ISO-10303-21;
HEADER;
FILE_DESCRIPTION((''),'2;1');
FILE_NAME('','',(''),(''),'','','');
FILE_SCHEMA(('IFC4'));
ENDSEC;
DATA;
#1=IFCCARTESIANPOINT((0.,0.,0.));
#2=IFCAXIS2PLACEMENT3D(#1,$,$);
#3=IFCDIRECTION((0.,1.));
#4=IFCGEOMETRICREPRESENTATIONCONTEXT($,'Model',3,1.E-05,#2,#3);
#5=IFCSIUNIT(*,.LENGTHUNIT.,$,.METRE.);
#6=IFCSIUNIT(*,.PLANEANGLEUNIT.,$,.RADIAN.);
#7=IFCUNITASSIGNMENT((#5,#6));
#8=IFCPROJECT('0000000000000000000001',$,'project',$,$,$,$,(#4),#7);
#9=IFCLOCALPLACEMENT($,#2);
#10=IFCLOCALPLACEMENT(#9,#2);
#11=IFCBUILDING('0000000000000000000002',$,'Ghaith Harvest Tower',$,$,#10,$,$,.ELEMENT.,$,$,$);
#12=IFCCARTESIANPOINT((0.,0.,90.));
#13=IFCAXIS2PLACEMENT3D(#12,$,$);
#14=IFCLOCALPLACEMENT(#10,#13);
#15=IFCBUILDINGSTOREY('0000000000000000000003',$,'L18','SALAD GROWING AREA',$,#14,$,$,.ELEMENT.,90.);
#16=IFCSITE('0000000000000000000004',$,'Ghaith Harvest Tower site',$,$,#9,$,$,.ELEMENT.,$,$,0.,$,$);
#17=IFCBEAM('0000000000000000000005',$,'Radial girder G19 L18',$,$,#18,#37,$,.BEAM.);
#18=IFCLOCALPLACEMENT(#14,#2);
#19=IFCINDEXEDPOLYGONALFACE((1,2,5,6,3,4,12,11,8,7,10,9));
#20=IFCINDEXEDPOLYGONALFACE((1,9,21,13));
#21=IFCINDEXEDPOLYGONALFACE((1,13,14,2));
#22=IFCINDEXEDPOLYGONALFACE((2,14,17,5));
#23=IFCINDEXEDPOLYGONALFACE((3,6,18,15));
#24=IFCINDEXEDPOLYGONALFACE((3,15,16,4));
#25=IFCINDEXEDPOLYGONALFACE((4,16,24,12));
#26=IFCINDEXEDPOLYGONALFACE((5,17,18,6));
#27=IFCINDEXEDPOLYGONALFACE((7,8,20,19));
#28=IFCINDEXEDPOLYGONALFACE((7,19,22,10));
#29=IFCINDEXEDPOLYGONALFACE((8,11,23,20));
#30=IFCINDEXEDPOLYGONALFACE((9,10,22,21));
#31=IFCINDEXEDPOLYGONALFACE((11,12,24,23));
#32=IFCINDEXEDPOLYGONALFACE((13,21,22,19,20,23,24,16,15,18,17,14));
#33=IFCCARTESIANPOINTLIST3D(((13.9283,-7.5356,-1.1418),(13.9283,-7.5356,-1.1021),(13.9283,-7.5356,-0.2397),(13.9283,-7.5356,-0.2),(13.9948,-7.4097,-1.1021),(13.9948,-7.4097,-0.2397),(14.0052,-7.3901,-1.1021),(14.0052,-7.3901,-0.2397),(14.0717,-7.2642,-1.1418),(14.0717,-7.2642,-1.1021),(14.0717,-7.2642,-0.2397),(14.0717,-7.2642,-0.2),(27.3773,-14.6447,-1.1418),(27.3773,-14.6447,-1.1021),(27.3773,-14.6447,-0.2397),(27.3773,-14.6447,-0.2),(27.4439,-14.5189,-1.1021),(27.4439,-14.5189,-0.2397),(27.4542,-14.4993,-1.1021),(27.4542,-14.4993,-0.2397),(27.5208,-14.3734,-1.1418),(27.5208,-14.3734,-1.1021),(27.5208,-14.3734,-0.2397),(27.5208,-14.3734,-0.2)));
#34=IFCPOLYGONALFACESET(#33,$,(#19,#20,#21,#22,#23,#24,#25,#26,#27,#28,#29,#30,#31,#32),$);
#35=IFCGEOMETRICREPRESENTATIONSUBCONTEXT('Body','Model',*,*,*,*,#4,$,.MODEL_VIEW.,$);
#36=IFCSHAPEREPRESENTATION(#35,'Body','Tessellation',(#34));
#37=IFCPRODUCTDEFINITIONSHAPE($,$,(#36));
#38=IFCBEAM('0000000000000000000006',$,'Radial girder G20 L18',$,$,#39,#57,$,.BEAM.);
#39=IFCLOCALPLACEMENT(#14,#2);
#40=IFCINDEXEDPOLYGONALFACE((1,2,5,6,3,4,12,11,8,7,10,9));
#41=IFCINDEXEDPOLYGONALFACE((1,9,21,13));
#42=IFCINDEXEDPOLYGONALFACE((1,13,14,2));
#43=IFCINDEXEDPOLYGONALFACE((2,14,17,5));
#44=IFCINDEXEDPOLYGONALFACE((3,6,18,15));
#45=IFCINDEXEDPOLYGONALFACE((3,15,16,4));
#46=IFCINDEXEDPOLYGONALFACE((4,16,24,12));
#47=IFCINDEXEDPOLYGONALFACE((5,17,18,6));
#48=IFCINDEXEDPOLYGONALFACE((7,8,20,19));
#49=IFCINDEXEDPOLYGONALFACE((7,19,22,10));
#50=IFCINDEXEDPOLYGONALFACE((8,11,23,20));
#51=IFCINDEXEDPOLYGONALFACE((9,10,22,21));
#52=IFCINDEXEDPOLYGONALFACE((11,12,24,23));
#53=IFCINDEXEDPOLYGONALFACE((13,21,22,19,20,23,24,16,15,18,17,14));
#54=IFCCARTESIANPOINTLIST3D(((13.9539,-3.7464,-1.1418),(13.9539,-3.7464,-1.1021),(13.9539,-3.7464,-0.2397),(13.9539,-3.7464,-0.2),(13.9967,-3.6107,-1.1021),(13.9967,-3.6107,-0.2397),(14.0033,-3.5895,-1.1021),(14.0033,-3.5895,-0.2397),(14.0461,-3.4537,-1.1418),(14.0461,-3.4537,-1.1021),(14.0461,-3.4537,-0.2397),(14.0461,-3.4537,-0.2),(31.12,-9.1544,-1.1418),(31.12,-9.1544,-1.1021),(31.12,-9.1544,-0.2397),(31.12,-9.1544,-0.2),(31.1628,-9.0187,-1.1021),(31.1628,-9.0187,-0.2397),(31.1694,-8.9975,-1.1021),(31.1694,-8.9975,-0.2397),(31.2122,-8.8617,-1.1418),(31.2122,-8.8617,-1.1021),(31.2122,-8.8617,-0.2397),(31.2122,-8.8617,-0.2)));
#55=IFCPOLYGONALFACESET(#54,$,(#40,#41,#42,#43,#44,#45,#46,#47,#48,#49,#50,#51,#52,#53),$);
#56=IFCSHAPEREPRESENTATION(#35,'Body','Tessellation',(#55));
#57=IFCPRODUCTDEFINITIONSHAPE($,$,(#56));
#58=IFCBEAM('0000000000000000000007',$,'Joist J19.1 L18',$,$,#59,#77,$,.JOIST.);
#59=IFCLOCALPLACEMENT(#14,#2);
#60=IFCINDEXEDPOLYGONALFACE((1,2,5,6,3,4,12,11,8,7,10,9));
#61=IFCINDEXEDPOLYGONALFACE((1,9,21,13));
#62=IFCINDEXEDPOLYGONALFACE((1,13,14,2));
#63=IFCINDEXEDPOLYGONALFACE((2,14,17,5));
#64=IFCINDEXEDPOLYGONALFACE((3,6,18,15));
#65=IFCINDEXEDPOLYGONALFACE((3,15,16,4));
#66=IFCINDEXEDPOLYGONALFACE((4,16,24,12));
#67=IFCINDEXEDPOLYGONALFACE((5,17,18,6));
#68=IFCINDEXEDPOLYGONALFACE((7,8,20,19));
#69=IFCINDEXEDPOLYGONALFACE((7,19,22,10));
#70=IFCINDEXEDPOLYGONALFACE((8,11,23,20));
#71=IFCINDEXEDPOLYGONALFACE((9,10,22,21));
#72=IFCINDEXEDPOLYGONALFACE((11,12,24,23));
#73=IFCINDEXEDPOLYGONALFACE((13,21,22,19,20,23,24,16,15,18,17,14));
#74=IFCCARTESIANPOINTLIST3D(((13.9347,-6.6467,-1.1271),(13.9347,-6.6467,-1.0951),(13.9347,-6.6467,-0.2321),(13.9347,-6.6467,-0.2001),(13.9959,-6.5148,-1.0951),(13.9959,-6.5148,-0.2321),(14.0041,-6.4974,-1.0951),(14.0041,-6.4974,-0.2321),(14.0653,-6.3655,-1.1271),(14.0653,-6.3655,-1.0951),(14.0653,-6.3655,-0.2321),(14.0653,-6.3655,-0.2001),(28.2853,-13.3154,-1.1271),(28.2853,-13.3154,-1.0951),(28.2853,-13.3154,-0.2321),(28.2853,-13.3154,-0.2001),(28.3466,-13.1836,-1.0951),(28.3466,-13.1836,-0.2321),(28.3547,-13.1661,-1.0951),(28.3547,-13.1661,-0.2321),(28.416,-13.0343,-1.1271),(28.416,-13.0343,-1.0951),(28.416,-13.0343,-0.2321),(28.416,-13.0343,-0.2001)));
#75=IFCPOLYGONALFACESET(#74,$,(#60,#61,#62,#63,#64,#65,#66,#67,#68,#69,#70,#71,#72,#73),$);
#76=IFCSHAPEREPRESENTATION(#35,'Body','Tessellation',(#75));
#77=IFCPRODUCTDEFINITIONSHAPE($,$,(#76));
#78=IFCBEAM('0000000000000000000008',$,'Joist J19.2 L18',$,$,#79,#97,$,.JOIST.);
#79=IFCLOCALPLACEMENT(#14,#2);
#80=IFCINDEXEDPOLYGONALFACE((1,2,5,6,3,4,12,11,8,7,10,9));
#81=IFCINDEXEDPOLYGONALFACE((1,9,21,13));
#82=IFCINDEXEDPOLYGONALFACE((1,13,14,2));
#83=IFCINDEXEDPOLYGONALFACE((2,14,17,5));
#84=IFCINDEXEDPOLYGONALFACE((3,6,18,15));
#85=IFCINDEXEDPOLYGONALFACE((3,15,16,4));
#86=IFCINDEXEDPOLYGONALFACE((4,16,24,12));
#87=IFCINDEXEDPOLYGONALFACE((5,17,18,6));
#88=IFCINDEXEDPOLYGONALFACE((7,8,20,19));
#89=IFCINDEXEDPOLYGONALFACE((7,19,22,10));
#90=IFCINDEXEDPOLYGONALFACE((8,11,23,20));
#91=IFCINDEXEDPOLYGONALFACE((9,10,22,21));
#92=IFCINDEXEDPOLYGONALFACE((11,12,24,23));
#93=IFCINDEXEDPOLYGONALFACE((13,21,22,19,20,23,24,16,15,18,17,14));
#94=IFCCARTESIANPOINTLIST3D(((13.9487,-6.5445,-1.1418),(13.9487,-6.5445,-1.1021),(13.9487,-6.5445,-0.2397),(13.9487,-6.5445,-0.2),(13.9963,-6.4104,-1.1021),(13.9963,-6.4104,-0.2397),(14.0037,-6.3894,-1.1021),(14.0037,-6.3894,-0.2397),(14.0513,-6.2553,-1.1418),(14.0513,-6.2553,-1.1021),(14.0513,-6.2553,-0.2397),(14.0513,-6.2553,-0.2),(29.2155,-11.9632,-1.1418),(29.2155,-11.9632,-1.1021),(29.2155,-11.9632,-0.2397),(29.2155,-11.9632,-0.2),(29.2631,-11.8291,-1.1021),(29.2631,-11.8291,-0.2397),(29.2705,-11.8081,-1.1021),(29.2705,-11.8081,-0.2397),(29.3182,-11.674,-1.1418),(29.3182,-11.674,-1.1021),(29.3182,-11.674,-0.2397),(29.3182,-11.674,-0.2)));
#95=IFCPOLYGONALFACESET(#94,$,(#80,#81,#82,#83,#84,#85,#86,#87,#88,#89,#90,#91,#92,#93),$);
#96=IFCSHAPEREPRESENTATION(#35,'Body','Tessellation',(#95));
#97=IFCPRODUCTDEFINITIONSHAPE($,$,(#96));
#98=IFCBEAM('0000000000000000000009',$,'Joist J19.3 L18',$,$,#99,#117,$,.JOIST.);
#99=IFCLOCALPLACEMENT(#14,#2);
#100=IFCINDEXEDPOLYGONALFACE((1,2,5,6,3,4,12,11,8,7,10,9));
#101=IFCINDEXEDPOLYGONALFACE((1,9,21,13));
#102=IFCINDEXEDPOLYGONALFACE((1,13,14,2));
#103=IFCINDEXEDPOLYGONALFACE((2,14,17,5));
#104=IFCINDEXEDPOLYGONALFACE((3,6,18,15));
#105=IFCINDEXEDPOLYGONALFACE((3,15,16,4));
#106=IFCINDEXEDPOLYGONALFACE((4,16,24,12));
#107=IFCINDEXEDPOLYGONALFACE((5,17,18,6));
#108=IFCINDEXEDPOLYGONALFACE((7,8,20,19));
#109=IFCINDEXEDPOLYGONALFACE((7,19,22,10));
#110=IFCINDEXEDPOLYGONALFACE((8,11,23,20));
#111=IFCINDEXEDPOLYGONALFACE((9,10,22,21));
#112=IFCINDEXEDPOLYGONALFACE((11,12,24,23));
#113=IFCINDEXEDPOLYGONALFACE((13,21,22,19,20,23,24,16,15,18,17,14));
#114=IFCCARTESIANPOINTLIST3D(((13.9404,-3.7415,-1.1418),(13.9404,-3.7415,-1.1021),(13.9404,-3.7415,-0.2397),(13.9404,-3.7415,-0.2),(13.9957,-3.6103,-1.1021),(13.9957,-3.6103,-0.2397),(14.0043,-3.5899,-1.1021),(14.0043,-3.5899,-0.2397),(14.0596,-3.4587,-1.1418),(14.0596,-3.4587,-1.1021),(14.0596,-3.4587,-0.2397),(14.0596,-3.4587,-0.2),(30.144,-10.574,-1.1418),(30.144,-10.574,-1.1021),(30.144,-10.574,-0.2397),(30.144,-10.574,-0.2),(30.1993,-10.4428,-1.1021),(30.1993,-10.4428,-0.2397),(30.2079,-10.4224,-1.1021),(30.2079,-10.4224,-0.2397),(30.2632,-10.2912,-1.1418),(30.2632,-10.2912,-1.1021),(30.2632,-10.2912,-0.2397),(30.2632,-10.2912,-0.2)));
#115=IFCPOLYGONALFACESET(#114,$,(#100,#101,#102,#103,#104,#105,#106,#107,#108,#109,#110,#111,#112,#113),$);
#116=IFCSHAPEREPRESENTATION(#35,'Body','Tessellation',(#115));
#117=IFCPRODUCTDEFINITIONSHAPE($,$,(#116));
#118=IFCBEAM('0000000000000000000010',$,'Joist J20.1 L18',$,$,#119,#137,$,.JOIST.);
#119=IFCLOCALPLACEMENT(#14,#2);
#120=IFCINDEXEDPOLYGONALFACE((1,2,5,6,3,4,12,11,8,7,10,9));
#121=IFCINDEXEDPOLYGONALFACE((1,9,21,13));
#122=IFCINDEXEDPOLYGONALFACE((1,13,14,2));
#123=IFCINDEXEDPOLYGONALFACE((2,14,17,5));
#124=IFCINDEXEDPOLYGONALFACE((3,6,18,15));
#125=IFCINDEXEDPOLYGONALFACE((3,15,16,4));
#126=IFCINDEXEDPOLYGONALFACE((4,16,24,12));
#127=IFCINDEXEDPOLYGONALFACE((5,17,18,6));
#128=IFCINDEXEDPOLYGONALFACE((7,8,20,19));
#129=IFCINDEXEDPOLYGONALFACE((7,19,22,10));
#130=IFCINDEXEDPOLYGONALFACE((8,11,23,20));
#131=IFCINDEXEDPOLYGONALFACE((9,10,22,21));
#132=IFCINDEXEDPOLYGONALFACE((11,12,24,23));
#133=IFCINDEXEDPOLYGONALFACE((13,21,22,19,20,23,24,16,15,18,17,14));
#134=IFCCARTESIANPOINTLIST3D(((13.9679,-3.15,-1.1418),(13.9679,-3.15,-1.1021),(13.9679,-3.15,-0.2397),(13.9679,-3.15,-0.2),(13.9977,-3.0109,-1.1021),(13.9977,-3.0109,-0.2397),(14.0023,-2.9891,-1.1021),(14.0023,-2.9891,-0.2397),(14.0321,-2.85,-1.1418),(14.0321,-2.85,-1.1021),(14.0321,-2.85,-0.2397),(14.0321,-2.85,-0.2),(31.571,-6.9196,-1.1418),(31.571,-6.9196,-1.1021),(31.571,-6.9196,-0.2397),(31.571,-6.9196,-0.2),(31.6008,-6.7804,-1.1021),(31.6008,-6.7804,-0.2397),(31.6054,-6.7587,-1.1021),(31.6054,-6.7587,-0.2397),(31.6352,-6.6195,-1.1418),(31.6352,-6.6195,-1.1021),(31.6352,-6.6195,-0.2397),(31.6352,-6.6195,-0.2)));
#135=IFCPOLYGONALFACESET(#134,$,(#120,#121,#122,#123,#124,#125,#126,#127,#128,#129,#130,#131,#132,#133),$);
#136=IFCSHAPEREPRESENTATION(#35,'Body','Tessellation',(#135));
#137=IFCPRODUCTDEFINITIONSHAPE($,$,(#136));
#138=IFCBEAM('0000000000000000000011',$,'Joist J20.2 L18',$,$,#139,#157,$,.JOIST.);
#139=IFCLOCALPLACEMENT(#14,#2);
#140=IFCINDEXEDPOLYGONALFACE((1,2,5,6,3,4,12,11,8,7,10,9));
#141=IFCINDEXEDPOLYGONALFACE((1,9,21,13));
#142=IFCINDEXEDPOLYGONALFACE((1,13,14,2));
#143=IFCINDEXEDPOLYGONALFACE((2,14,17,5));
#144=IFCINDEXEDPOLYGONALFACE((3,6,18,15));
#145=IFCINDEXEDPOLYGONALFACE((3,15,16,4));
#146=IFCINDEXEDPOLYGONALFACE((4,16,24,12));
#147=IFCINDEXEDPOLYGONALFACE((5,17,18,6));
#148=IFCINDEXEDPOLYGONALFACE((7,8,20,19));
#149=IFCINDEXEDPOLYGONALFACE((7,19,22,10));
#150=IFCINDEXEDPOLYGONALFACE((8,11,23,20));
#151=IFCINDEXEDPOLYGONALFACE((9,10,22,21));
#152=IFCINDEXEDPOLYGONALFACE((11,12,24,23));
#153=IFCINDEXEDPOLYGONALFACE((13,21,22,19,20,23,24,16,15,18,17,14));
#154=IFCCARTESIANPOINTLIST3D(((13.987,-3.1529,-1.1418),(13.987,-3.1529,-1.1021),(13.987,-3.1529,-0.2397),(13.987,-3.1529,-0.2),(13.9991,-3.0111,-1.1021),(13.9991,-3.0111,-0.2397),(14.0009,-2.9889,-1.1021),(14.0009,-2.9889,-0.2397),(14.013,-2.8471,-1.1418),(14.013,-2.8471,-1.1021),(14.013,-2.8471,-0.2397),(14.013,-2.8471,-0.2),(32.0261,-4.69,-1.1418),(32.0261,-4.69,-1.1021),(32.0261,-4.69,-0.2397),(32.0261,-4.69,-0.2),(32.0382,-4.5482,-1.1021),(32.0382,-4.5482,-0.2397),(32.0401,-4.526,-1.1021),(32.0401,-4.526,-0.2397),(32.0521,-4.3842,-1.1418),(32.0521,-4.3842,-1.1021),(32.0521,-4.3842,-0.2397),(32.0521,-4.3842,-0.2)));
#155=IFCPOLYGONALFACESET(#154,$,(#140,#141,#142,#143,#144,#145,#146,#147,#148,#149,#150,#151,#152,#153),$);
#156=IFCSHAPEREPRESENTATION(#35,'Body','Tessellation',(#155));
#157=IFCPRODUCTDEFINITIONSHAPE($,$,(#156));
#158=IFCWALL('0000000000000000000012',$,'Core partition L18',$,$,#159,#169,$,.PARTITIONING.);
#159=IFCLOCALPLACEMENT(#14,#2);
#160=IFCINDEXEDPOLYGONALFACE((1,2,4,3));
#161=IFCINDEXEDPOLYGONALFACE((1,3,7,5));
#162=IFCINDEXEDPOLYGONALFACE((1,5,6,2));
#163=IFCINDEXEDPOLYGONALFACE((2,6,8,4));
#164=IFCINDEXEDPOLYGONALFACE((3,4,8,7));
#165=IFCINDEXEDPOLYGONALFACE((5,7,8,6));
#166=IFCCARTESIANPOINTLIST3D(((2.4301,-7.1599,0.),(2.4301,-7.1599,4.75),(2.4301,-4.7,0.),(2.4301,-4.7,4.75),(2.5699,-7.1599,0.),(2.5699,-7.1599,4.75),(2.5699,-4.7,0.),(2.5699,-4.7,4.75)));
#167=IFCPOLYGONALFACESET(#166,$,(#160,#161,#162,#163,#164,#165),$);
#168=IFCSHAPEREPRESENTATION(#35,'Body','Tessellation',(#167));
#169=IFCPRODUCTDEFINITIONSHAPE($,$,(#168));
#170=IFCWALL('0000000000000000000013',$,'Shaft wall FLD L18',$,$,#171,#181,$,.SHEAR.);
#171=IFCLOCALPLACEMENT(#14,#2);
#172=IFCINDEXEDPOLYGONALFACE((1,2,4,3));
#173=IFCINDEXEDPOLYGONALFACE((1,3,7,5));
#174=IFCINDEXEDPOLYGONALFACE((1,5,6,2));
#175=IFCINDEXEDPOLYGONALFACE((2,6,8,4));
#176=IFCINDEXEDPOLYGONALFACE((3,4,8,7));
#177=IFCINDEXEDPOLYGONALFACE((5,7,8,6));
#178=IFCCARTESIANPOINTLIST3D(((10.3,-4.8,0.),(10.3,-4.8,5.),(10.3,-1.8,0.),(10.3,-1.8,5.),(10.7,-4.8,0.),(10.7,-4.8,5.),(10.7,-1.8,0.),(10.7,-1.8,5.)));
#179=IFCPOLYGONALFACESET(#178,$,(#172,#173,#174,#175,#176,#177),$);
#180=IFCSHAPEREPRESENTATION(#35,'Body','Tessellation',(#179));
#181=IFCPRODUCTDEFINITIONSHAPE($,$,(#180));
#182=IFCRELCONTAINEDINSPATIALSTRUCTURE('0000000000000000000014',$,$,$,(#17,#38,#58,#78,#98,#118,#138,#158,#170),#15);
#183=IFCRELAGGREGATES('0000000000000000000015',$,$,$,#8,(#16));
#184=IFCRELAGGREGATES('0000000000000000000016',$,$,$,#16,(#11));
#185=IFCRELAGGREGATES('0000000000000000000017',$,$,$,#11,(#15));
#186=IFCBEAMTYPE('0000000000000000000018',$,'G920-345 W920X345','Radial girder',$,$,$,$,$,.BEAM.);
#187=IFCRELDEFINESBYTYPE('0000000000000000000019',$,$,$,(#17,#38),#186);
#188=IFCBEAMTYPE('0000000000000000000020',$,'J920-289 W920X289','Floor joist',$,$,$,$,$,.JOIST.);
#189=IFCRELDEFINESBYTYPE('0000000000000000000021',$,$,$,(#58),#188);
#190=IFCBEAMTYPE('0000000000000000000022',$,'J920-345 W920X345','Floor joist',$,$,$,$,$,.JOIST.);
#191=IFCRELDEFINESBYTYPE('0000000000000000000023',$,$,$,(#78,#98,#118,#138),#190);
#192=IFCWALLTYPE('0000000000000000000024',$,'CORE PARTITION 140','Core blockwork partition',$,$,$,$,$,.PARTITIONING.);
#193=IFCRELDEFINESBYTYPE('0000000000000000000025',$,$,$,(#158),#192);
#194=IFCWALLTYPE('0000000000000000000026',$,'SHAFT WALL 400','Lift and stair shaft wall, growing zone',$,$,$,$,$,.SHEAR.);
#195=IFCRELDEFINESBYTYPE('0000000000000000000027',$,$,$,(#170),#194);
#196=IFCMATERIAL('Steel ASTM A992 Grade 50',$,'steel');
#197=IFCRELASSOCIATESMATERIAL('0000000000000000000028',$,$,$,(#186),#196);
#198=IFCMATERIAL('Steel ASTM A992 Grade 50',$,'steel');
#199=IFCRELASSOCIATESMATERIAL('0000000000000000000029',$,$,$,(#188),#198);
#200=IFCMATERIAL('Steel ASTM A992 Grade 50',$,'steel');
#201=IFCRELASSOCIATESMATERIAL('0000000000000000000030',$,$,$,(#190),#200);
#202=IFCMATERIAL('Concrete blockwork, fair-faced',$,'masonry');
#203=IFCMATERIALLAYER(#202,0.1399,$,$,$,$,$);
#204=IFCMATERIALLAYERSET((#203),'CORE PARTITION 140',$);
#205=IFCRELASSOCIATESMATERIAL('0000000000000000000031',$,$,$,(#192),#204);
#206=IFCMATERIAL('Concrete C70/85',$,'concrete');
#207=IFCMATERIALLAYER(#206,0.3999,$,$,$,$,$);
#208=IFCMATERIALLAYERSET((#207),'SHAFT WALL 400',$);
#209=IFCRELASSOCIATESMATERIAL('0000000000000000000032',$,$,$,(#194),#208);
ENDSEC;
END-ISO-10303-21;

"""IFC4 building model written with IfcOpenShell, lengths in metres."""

from ifc_helpers import new_model, si_unit, direction, frame, frame_2d, origin, origin_2d, place, context, subcontext, project, spatial, rectangle, i_section, extrude, material, layer, layer_set, material_profile, profile_set, type_object, element, save


model = new_model("IFC4")

# Units and contexts
model_context = context("Model", 3, precision=1e-05, world=origin(), true_north=direction((0.0, 1.0)))
body_context = subcontext(model_context, "Body", "Model", "MODEL_VIEW")
ifc_project = project(units=[si_unit("LENGTHUNIT", "METRE"), si_unit("PLANEANGLEUNIT", "RADIAN")], contexts=[model_context])

# Site, building, storey
site_placement = place(None, origin())
site = spatial("IfcSite", under=ifc_project, at=site_placement, Name="Ghaith Harvest Tower site", CompositionType="ELEMENT", RefElevation=0.0)
building_placement = place(site_placement, origin())
building = spatial("IfcBuilding", under=site, at=building_placement, Name="Ghaith Harvest Tower", CompositionType="ELEMENT")
storey_placement = place(building_placement, frame((0.0, 0.0, 90.0)))
storey = spatial("IfcBuildingStorey", under=building, at=storey_placement, Name="L18", Description="SALAD GROWING AREA", CompositionType="ELEMENT", Elevation=90.0)

# Beams
ifc_material_1 = material(Name="Steel ASTM A992 Grade 50", Category="steel")
ifc_material_profile_1 = material_profile(ifc_material_1, i_section(OverallWidth=0.3069, OverallDepth=0.9419, WebThickness=0.0222, FlangeThickness=0.0398, at=origin_2d()), Name="W920X345")
ifc_profile_set_1 = profile_set([ifc_material_profile_1], Name="Steel ASTM A992 Grade 50")
beam_type_1 = type_object("IfcBeamType", Name="G920-345 W920X345", Description="Radial girder", PredefinedType="BEAM", material=ifc_profile_set_1)
beam_1_placement = place(storey_placement, frame((14.0, -7.3999, -0.6709), z_axis=(0.884084, -0.467327, 0.0), x_axis=(0.467327, 0.884084, 0.0)))
element("IfcBeam", 1, at=beam_1_placement, inside=storey, type_object=beam_type_1, Name="Radial girder G19 L18", PredefinedType="BEAM", context=body_context, shape_type="SweptSolid", body=[
    extrude(i_section(OverallWidth=0.3069, OverallDepth=0.9419, WebThickness=0.0222, FlangeThickness=0.0398, at=origin_2d()), origin(), (0.0, 0.0, 1.0), 15.2124),
])
beam_2_placement = place(storey_placement, frame((14.0, -3.6001, -0.6709), z_axis=(0.953788, -0.30048, 0.0), x_axis=(0.30048, 0.953788, 0.0)))
element("IfcBeam", 2, at=beam_2_placement, inside=storey, type_object=beam_type_1, Name="Radial girder G20 L18", PredefinedType="BEAM", context=body_context, shape_type="SweptSolid", body=[
    extrude(i_section(OverallWidth=0.3069, OverallDepth=0.9419, WebThickness=0.0222, FlangeThickness=0.0398, at=origin_2d()), origin(), (0.0, 0.0, 1.0), 17.9978),
])
ifc_material_2 = material(Name="Steel ASTM A992 Grade 50", Category="steel")
ifc_material_profile_2 = material_profile(ifc_material_2, i_section(OverallWidth=0.3101, OverallDepth=0.927, WebThickness=0.0193, FlangeThickness=0.032, at=origin_2d()), Name="W920X289")
ifc_profile_set_2 = profile_set([ifc_material_profile_2], Name="Steel ASTM A992 Grade 50")
beam_type_2 = type_object("IfcBeamType", Name="J920-289 W920X289", Description="Floor joist", PredefinedType="JOIST", material=ifc_profile_set_2)
beam_3_placement = place(storey_placement, frame((14.0, -6.5061, -0.6636), z_axis=(0.906866, -0.42142, 0.0), x_axis=(0.42142, 0.906866, 0.0)))
element("IfcBeam", 3, at=beam_3_placement, inside=storey, type_object=beam_type_2, Name="Joist J19.1 L18", PredefinedType="JOIST", context=body_context, shape_type="SweptSolid", body=[
    extrude(i_section(OverallWidth=0.3101, OverallDepth=0.927, WebThickness=0.0193, FlangeThickness=0.032, at=origin_2d()), origin(), (0.0, 0.0, 1.0), 15.8245),
])
ifc_material_3 = material(Name="Steel ASTM A992 Grade 50", Category="steel")
ifc_material_profile_3 = material_profile(ifc_material_3, i_section(OverallWidth=0.3069, OverallDepth=0.9419, WebThickness=0.0222, FlangeThickness=0.0398, at=origin_2d()), Name="W920X345")
ifc_profile_set_3 = profile_set([ifc_material_profile_3], Name="Steel ASTM A992 Grade 50")
beam_type_3 = type_object("IfcBeamType", Name="J920-345 W920X345", Description="Floor joist", PredefinedType="JOIST", material=ifc_profile_set_3)
beam_4_placement = place(storey_placement, frame((14.0, -6.3999, -0.6709), z_axis=(0.9424, -0.334488, 0.0), x_axis=(0.334488, 0.9424, 0.0)))
element("IfcBeam", 4, at=beam_4_placement, inside=storey, type_object=beam_type_3, Name="Joist J19.2 L18", PredefinedType="JOIST", context=body_context, shape_type="SweptSolid", body=[
    extrude(i_section(OverallWidth=0.3069, OverallDepth=0.9419, WebThickness=0.0222, FlangeThickness=0.0398, at=origin_2d()), origin(), (0.0, 0.0, 1.0), 16.2),
])
beam_5_placement = place(storey_placement, frame((14.0, -3.6001, -0.6709), z_axis=(0.921433, -0.388537, 0.0), x_axis=(0.388537, 0.921433, 0.0)))
element("IfcBeam", 5, at=beam_5_placement, inside=storey, type_object=beam_type_3, Name="Joist J19.3 L18", PredefinedType="JOIST", context=body_context, shape_type="SweptSolid", body=[
    extrude(i_section(OverallWidth=0.3069, OverallDepth=0.9419, WebThickness=0.0222, FlangeThickness=0.0398, at=origin_2d()), origin(), (0.0, 0.0, 1.0), 17.5852),
])
beam_6_placement = place(storey_placement, frame((14.0, -3.0, -0.6709), z_axis=(0.977831, -0.209394, 0.0), x_axis=(0.209394, 0.977831, 0.0)))
element("IfcBeam", 6, at=beam_6_placement, inside=storey, type_object=beam_type_3, Name="Joist J20.1 L18", PredefinedType="JOIST", context=body_context, shape_type="SweptSolid", body=[
    extrude(i_section(OverallWidth=0.3069, OverallDepth=0.9419, WebThickness=0.0222, FlangeThickness=0.0398, at=origin_2d()), origin(), (0.0, 0.0, 1.0), 18.0022),
])
beam_7_placement = place(storey_placement, frame((14.0, -3.0, -0.6709), z_axis=(0.996389, -0.084902, 0.0), x_axis=(0.084902, 0.996389, 0.0)))
element("IfcBeam", 7, at=beam_7_placement, inside=storey, type_object=beam_type_3, Name="Joist J20.2 L18", PredefinedType="JOIST", context=body_context, shape_type="SweptSolid", body=[
    extrude(i_section(OverallWidth=0.3069, OverallDepth=0.9419, WebThickness=0.0222, FlangeThickness=0.0398, at=origin_2d()), origin(), (0.0, 0.0, 1.0), 18.1045),
])

# Wall
ifc_material_4 = material(Name="Concrete blockwork, fair-faced", Category="masonry")
ifc_layer_1 = layer(ifc_material_4, 0.1399)
ifc_layer_set_1 = layer_set([ifc_layer_1], Name="CORE PARTITION 140")
wall_type_1 = type_object("IfcWallType", Name="CORE PARTITION 140", Description="Core blockwork partition", PredefinedType="PARTITIONING", material=ifc_layer_set_1)
wall_1_placement = place(storey_placement, frame((2.5, -4.7, 0.0), z_axis=(0.0, 0.0, 1.0), x_axis=(0.0, -1.0, 0.0)))
element("IfcWall", 8, at=wall_1_placement, inside=storey, type_object=wall_type_1, Name="Core partition L18", PredefinedType="PARTITIONING", context=body_context, shape_type="SweptSolid", body=[
    extrude(rectangle(XDim=2.46, YDim=0.1399, at=frame_2d((1.23, 0.0))), origin(), (0.0, 0.0, 1.0), 4.75),
])

# Shared definitions
ifc_material_5 = material(Name="Concrete C70/85", Category="concrete")
ifc_layer_2 = layer(ifc_material_5, 0.3999)
ifc_layer_set_2 = layer_set([ifc_layer_2], Name="SHAFT WALL 400")
wall_type_2 = type_object("IfcWallType", Name="SHAFT WALL 400", Description="Lift and stair shaft wall, growing zone", PredefinedType="SHEAR", material=ifc_layer_set_2)

# Wall
wall_2_placement = place(storey_placement, frame((10.5, -4.8, 0.0), z_axis=(0.0, 0.0, 1.0), x_axis=(0.0, 1.0, 0.0)))
element("IfcWall", 9, at=wall_2_placement, inside=storey, type_object=wall_type_2, Name="Shaft wall FLD L18", PredefinedType="SHEAR", context=body_context, shape_type="SweptSolid", body=[
    extrude(rectangle(XDim=3.0, YDim=0.3999, at=frame_2d((1.5, 0.0))), origin(), (0.0, 0.0, 1.0), 5.0),
])

save(model, "model.ifc")
